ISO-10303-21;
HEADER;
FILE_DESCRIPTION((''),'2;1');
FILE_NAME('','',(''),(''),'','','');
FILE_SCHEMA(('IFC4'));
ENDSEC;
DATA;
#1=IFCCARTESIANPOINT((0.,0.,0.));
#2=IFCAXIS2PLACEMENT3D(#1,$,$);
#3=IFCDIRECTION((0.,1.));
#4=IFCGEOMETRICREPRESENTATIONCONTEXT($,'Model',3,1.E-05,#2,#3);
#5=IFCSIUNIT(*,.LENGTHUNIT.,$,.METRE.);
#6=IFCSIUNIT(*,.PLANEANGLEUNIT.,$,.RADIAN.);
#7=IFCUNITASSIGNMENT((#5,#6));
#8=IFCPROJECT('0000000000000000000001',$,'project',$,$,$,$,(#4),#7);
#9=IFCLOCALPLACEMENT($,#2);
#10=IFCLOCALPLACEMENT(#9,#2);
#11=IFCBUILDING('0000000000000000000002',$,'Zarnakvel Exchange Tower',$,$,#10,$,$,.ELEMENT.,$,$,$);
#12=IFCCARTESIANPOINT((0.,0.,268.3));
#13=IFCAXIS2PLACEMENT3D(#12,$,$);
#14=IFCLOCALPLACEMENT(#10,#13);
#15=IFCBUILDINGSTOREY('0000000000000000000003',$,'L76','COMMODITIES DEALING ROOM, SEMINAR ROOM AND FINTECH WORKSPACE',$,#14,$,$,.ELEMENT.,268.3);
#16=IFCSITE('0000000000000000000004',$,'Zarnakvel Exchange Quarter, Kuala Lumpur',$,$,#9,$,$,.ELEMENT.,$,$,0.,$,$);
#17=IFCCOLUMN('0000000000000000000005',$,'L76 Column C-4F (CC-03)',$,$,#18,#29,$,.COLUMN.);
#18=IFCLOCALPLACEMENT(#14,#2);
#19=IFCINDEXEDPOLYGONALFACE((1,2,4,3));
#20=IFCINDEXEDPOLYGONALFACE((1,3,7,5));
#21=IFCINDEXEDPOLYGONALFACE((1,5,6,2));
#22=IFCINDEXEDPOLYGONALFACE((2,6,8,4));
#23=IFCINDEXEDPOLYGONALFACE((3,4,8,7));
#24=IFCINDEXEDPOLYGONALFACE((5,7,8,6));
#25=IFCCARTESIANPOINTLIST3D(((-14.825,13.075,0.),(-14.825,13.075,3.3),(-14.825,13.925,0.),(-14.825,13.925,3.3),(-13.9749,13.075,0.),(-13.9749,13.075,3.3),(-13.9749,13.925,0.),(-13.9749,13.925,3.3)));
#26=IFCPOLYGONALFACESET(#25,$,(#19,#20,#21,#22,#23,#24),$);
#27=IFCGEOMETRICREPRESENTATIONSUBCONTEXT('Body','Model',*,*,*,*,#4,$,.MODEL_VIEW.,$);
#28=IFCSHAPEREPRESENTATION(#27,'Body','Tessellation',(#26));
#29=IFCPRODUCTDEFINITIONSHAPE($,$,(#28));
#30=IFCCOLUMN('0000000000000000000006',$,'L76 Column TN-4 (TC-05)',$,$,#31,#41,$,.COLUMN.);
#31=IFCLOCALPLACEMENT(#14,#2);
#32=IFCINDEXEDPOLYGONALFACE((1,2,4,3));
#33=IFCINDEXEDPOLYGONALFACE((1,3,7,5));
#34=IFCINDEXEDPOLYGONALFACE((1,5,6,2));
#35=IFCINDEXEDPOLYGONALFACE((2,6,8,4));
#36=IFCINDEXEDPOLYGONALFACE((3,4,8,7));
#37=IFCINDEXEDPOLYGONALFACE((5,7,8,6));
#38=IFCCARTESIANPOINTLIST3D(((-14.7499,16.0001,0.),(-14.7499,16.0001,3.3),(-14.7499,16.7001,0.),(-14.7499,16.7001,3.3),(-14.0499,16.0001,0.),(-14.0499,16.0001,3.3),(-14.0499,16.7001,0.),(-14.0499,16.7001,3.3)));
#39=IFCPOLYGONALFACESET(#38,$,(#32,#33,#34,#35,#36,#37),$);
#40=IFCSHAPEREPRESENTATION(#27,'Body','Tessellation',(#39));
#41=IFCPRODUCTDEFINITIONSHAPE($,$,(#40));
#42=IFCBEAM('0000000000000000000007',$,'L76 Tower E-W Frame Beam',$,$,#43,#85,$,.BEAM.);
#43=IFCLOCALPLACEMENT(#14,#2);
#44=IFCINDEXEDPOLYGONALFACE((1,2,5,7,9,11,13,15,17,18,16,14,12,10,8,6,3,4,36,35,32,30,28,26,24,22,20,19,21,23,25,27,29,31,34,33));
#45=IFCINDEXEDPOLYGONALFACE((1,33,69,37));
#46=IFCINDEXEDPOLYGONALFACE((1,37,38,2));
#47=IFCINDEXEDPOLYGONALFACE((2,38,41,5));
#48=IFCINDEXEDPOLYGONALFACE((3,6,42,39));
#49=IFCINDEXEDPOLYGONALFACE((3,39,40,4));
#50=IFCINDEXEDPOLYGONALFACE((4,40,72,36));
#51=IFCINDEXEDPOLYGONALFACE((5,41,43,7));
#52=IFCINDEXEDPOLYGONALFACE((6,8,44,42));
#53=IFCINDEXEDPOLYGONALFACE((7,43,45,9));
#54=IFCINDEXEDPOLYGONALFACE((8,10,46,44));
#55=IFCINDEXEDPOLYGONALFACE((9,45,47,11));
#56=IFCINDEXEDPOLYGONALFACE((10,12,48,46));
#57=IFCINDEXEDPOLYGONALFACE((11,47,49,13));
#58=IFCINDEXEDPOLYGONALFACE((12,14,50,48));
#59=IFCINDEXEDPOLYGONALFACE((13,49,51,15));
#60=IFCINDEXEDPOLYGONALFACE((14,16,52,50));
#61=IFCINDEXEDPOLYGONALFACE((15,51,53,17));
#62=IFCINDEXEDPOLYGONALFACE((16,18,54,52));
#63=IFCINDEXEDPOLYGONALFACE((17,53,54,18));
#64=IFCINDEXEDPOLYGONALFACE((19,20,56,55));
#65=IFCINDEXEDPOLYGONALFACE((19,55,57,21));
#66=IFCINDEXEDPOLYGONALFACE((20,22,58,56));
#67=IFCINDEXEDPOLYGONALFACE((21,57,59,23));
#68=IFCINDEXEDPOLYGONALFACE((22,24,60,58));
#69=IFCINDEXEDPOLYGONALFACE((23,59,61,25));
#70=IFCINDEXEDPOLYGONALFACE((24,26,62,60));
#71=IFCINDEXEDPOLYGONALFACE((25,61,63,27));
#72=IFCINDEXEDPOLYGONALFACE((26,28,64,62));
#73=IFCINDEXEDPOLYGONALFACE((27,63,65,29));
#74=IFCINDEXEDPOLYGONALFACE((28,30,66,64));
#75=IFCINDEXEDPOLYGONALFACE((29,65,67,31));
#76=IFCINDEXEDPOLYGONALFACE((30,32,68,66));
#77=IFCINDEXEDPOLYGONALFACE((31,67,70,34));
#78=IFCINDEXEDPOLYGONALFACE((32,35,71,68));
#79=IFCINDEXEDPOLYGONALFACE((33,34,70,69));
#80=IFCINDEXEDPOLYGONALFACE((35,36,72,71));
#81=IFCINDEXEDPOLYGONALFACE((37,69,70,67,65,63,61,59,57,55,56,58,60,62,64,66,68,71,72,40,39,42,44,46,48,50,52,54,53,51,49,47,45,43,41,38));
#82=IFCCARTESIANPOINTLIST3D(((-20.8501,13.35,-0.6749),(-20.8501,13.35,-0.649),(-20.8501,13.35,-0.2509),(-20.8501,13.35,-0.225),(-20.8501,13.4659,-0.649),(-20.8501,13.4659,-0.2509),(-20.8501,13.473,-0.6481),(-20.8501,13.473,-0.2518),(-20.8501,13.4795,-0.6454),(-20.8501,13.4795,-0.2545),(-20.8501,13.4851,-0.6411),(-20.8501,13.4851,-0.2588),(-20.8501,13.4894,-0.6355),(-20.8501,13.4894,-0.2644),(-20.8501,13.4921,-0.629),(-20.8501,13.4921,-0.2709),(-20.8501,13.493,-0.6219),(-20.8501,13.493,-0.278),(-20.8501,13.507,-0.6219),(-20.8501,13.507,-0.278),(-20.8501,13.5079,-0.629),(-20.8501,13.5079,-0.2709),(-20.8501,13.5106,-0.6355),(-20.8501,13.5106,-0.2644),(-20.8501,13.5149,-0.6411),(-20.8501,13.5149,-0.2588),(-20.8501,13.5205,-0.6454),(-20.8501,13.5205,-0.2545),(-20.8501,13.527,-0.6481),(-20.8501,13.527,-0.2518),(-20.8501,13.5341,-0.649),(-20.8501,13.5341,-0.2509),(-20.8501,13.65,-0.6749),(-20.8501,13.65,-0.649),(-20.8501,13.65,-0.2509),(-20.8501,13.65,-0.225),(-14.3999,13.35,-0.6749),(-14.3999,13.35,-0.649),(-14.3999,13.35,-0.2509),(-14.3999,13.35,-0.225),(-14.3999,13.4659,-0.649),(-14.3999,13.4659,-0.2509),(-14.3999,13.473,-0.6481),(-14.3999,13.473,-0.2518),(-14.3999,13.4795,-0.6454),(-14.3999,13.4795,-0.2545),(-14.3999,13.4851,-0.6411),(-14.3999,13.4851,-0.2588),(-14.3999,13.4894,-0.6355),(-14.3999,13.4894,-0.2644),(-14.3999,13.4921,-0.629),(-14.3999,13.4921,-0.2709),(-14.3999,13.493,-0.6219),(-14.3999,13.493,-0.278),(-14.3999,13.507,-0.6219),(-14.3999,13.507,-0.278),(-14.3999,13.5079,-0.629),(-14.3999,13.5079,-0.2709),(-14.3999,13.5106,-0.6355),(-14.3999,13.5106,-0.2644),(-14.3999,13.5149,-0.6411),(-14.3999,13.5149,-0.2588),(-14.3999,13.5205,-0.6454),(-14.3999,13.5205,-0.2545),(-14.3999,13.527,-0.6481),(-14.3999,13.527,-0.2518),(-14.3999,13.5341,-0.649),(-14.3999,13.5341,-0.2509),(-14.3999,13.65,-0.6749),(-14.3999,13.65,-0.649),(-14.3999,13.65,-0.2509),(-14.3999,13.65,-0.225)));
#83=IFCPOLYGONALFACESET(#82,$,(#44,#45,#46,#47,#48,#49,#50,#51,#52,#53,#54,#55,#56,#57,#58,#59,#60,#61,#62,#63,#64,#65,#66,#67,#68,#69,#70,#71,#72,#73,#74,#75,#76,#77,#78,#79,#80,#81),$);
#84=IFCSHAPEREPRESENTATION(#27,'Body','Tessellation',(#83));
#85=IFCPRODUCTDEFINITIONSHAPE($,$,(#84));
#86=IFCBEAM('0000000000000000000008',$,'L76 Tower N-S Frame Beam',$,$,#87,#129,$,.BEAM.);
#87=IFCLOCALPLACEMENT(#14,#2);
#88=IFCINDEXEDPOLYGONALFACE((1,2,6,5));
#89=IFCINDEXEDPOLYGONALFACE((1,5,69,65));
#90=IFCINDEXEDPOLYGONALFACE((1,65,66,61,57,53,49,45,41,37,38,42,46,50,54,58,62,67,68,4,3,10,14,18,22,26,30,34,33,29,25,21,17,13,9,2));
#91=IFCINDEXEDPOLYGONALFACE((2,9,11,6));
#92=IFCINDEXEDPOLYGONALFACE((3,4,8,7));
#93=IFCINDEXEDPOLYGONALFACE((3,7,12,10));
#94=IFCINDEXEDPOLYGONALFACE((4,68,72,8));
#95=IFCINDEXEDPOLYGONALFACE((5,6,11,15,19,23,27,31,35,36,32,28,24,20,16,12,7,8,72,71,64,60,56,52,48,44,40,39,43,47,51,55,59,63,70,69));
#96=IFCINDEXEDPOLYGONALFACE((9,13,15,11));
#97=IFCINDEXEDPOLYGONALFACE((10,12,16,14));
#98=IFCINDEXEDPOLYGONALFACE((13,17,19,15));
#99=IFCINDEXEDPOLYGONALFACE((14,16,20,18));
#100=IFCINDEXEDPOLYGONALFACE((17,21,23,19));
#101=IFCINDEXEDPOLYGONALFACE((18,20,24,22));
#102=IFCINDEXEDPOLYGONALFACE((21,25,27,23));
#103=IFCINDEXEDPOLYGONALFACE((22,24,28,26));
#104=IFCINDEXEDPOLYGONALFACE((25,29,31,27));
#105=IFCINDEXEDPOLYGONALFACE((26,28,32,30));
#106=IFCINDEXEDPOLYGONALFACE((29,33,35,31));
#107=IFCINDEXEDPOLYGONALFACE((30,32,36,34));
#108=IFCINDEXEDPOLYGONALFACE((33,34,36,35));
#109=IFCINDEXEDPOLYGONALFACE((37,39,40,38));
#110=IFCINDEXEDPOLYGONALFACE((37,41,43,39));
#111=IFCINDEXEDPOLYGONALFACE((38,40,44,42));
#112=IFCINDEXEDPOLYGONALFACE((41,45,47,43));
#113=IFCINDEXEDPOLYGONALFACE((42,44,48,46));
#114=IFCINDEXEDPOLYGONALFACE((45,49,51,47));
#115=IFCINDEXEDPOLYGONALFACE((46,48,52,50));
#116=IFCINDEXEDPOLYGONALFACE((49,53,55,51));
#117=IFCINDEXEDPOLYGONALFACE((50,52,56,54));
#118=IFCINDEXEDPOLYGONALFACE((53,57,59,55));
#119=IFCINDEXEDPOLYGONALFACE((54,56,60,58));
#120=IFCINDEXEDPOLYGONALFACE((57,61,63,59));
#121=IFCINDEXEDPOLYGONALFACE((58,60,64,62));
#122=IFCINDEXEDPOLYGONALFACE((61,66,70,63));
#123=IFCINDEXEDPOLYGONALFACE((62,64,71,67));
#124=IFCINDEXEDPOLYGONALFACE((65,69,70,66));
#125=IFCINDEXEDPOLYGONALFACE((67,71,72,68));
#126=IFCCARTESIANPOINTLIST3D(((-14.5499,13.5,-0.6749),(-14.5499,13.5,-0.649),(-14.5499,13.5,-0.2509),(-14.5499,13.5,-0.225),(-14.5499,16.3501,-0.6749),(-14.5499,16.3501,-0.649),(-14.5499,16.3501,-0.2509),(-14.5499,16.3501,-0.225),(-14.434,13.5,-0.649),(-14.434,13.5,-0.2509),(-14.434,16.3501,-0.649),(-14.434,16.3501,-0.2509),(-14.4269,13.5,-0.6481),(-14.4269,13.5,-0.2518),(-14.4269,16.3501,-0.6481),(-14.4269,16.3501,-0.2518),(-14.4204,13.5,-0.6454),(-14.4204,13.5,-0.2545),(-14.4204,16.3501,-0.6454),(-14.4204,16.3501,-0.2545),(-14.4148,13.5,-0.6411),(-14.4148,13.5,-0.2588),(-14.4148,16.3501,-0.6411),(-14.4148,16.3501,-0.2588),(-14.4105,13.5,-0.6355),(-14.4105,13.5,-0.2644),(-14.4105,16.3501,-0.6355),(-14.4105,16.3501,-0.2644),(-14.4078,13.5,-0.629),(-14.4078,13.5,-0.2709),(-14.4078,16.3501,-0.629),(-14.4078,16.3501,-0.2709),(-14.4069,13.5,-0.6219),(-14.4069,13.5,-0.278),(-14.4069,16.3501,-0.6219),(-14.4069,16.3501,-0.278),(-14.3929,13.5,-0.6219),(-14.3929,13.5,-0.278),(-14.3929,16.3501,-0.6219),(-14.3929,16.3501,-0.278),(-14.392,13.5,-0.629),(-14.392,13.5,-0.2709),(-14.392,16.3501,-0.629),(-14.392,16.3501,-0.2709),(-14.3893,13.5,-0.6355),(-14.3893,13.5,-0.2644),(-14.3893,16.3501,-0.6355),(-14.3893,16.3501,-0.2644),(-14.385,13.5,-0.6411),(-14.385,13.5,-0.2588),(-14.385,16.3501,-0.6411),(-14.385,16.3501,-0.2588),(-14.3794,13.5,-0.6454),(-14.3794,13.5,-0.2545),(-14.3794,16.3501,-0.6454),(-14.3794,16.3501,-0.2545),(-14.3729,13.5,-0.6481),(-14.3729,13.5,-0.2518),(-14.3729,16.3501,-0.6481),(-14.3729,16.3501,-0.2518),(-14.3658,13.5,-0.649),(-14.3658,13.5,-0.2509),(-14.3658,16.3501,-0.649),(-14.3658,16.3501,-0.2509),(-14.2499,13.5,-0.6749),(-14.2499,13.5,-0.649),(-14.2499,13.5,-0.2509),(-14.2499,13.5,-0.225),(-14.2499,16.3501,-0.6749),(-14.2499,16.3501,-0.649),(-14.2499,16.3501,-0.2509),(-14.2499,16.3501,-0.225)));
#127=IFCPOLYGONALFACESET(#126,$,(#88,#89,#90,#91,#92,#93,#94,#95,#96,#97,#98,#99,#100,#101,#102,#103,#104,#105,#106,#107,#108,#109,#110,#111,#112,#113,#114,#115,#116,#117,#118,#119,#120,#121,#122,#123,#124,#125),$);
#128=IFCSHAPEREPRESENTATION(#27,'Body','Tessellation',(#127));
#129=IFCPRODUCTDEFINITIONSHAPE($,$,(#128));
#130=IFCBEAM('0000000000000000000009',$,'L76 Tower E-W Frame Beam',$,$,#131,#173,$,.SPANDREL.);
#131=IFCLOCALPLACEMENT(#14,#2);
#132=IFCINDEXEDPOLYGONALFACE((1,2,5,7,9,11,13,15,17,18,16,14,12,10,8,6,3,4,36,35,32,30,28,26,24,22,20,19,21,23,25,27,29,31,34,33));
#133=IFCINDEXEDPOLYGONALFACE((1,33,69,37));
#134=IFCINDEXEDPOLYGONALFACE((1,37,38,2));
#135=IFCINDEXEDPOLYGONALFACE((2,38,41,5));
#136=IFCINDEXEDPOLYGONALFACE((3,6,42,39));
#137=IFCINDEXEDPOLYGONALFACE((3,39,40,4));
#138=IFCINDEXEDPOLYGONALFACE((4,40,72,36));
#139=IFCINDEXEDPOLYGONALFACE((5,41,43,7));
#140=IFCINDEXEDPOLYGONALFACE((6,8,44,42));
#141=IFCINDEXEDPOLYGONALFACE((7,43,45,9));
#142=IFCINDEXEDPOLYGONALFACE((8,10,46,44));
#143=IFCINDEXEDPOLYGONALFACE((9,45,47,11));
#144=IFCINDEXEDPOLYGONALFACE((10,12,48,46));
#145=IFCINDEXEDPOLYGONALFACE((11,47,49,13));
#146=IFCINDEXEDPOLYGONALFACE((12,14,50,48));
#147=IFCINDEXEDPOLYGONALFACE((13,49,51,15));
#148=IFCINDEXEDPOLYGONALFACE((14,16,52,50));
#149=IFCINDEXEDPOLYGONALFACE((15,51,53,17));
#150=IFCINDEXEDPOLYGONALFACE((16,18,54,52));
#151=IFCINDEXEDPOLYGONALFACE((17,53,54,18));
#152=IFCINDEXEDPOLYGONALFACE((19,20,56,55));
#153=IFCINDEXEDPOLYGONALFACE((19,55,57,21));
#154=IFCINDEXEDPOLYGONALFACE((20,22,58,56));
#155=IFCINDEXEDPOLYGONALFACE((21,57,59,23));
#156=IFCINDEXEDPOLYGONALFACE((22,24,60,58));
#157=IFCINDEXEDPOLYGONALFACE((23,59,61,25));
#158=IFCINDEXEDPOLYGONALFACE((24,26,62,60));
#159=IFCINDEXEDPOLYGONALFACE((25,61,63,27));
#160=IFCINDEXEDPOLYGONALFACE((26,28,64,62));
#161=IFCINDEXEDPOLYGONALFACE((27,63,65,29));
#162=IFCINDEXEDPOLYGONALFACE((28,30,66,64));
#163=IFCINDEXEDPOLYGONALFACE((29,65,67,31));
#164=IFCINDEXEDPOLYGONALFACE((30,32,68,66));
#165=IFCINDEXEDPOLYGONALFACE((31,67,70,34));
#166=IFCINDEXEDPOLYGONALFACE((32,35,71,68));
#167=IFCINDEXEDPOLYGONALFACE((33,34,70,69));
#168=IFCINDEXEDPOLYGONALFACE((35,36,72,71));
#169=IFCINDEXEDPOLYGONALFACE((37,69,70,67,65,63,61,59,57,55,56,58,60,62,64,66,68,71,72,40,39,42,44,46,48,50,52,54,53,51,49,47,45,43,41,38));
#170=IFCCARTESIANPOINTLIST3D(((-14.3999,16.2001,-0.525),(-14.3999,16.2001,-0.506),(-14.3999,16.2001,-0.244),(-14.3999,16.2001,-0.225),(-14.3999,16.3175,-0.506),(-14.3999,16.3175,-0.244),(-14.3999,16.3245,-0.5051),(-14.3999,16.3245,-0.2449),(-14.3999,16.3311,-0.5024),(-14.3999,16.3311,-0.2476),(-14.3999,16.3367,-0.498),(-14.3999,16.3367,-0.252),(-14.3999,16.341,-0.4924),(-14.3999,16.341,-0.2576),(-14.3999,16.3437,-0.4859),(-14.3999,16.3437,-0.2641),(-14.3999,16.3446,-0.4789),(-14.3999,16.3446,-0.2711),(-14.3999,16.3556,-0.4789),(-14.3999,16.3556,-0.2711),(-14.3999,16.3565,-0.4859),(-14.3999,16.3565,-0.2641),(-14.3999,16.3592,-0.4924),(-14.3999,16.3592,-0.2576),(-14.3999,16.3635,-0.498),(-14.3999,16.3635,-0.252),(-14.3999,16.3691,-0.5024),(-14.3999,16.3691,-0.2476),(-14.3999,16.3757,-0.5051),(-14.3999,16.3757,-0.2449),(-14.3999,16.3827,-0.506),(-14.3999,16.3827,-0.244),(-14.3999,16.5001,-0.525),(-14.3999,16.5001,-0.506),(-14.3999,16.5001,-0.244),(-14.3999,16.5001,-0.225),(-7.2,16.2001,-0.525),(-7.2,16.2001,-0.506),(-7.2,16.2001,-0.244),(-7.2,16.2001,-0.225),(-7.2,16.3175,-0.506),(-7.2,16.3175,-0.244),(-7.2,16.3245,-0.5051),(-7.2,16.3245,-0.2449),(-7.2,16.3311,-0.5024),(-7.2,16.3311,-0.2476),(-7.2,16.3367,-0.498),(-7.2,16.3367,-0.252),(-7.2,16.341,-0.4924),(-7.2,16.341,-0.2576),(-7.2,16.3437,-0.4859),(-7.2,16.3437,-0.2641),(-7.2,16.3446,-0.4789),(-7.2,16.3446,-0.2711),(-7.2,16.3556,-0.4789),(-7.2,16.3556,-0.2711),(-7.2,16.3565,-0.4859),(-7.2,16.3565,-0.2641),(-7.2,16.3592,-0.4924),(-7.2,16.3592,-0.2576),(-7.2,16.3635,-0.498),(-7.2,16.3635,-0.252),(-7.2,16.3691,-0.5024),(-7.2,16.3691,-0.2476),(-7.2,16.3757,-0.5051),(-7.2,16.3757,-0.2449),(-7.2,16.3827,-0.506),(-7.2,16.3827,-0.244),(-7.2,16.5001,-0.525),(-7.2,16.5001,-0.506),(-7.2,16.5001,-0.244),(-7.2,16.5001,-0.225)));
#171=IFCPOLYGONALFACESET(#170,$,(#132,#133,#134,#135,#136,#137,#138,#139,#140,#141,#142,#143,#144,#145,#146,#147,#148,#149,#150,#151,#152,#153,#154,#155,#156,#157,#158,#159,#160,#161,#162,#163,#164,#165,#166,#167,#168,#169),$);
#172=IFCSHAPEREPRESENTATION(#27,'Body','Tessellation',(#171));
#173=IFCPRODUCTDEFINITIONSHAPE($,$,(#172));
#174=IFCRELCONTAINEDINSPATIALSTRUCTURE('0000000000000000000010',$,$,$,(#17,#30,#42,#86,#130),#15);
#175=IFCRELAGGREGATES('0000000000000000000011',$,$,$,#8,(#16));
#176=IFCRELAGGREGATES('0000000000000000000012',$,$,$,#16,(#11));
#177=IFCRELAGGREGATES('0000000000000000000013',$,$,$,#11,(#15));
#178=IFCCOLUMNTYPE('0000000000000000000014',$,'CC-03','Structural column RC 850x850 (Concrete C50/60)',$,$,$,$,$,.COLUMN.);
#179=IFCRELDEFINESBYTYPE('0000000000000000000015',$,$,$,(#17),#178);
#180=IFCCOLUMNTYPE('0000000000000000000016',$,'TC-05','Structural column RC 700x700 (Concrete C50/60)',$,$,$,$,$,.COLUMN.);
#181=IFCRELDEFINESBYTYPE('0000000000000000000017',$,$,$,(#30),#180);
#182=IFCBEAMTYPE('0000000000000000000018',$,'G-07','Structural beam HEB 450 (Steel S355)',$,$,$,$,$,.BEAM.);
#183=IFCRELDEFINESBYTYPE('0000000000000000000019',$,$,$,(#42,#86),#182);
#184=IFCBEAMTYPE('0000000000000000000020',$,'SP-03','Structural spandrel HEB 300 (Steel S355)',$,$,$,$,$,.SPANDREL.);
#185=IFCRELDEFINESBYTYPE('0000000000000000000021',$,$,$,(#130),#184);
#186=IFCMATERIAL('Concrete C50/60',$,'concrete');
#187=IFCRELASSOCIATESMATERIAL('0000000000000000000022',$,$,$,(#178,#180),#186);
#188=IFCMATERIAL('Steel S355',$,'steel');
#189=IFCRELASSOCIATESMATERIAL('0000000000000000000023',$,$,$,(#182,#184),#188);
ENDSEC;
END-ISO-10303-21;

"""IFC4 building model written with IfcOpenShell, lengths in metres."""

from ifc_helpers import new_model, si_unit, direction, frame, origin, origin_2d, place, context, subcontext, project, spatial, rectangle, i_section, extrude, material, material_profile, profile_set, type_object, element, save


model = new_model("IFC4")

# Units and contexts
model_context = context("Model", 3, precision=1e-05, world=origin(), true_north=direction((0.0, 1.0)))
body_context = subcontext(model_context, "Body", "Model", "MODEL_VIEW")
ifc_project = project(units=[si_unit("LENGTHUNIT", "METRE"), si_unit("PLANEANGLEUNIT", "RADIAN")], contexts=[model_context])

# Site, building, storey
site_placement = place(None, origin())
site = spatial("IfcSite", under=ifc_project, at=site_placement, Name="Zarnakvel Exchange Quarter, Kuala Lumpur", CompositionType="ELEMENT", RefElevation=0.0)
building_placement = place(site_placement, origin())
building = spatial("IfcBuilding", under=site, at=building_placement, Name="Zarnakvel Exchange Tower", CompositionType="ELEMENT")
storey_placement = place(building_placement, frame((0.0, 0.0, 268.3)))
storey = spatial("IfcBuildingStorey", under=building, at=storey_placement, Name="L76", Description="COMMODITIES DEALING ROOM, SEMINAR ROOM AND FINTECH WORKSPACE", CompositionType="ELEMENT", Elevation=268.3)

# Columns
ifc_material_1 = material(Name="Concrete C50/60", Category="concrete")
ifc_material_profile_1 = material_profile(ifc_material_1, rectangle(XDim=0.8501, YDim=0.8501, at=origin_2d()))
ifc_profile_set_1 = profile_set([ifc_material_profile_1], Name="Concrete C50/60")
column_type_1 = type_object("IfcColumnType", Name="CC-03", Description="Structural column RC 850x850 (Concrete C50/60)", PredefinedType="COLUMN", material=ifc_profile_set_1)
column_1_placement = place(storey_placement, frame((-14.3999, 13.5, 0.0), z_axis=(0.0, 0.0, 1.0), x_axis=(1.0, 0.0, 0.0)))
element("IfcColumn", 1, at=column_1_placement, inside=storey, type_object=column_type_1, Name="L76 Column C-4F (CC-03)", PredefinedType="COLUMN", context=body_context, shape_type="SweptSolid", body=[
    extrude(rectangle(XDim=0.8501, YDim=0.8501, at=origin_2d()), origin(), (0.0, 0.0, 1.0), 3.3),
])
ifc_material_profile_2 = material_profile(ifc_material_1, rectangle(XDim=0.7, YDim=0.7, at=origin_2d()))
ifc_profile_set_2 = profile_set([ifc_material_profile_2], Name="Concrete C50/60")
column_type_2 = type_object("IfcColumnType", Name="TC-05", Description="Structural column RC 700x700 (Concrete C50/60)", PredefinedType="COLUMN", material=ifc_profile_set_2)
column_2_placement = place(storey_placement, frame((-14.3999, 16.3501, 0.0), z_axis=(0.0, 0.0, 1.0), x_axis=(1.0, 0.0, 0.0)))
element("IfcColumn", 2, at=column_2_placement, inside=storey, type_object=column_type_2, Name="L76 Column TN-4 (TC-05)", PredefinedType="COLUMN", context=body_context, shape_type="SweptSolid", body=[
    extrude(rectangle(XDim=0.7, YDim=0.7, at=origin_2d()), origin(), (0.0, 0.0, 1.0), 3.3),
])

# Beams
ifc_material_2 = material(Name="Steel S355", Category="steel")
ifc_material_profile_3 = material_profile(ifc_material_2, i_section(OverallWidth=0.3, OverallDepth=0.45, WebThickness=0.0139, FlangeThickness=0.0259, FilletRadius=0.0271, at=origin_2d()))
ifc_profile_set_3 = profile_set([ifc_material_profile_3], Name="Steel S355")
beam_type_1 = type_object("IfcBeamType", Name="G-07", Description="Structural beam HEB 450 (Steel S355)", PredefinedType="BEAM", material=ifc_profile_set_3)
beam_1_placement = place(storey_placement, frame((-20.8501, 13.5, -0.45), z_axis=(1.0, 0.0, 0.0), x_axis=(0.0, 1.0, 0.0)))
element("IfcBeam", 3, at=beam_1_placement, inside=storey, type_object=beam_type_1, Name="L76 Tower E-W Frame Beam", PredefinedType="BEAM", context=body_context, shape_type="SweptSolid", body=[
    extrude(i_section(OverallWidth=0.3, OverallDepth=0.45, WebThickness=0.0139, FlangeThickness=0.0259, FilletRadius=0.0271, at=origin_2d()), origin(), (0.0, 0.0, 1.0), 6.4502),
])
beam_2_placement = place(storey_placement, frame((-14.3999, 13.5, -0.45), z_axis=(0.0, 1.0, 0.0), x_axis=(-1.0, 0.0, 0.0)))
element("IfcBeam", 4, at=beam_2_placement, inside=storey, type_object=beam_type_1, Name="L76 Tower N-S Frame Beam", PredefinedType="BEAM", context=body_context, shape_type="SweptSolid", body=[
    extrude(i_section(OverallWidth=0.3, OverallDepth=0.45, WebThickness=0.0139, FlangeThickness=0.0259, FilletRadius=0.0271, at=origin_2d()), origin(), (0.0, 0.0, 1.0), 2.8501),
])
ifc_material_profile_4 = material_profile(ifc_material_2, i_section(OverallWidth=0.3, OverallDepth=0.3, WebThickness=0.011, FlangeThickness=0.019, FilletRadius=0.0271, at=origin_2d()))
ifc_profile_set_4 = profile_set([ifc_material_profile_4], Name="Steel S355")
beam_type_2 = type_object("IfcBeamType", Name="SP-03", Description="Structural spandrel HEB 300 (Steel S355)", PredefinedType="SPANDREL", material=ifc_profile_set_4)
beam_3_placement = place(storey_placement, frame((-14.3999, 16.3501, -0.375), z_axis=(1.0, 0.0, 0.0), x_axis=(0.0, 1.0, 0.0)))
element("IfcBeam", 5, at=beam_3_placement, inside=storey, type_object=beam_type_2, Name="L76 Tower E-W Frame Beam", PredefinedType="SPANDREL", context=body_context, shape_type="SweptSolid", body=[
    extrude(i_section(OverallWidth=0.3, OverallDepth=0.3, WebThickness=0.011, FlangeThickness=0.019, FilletRadius=0.0271, at=origin_2d()), origin(), (0.0, 0.0, 1.0), 7.2),
])

save(model, "model.ifc")
